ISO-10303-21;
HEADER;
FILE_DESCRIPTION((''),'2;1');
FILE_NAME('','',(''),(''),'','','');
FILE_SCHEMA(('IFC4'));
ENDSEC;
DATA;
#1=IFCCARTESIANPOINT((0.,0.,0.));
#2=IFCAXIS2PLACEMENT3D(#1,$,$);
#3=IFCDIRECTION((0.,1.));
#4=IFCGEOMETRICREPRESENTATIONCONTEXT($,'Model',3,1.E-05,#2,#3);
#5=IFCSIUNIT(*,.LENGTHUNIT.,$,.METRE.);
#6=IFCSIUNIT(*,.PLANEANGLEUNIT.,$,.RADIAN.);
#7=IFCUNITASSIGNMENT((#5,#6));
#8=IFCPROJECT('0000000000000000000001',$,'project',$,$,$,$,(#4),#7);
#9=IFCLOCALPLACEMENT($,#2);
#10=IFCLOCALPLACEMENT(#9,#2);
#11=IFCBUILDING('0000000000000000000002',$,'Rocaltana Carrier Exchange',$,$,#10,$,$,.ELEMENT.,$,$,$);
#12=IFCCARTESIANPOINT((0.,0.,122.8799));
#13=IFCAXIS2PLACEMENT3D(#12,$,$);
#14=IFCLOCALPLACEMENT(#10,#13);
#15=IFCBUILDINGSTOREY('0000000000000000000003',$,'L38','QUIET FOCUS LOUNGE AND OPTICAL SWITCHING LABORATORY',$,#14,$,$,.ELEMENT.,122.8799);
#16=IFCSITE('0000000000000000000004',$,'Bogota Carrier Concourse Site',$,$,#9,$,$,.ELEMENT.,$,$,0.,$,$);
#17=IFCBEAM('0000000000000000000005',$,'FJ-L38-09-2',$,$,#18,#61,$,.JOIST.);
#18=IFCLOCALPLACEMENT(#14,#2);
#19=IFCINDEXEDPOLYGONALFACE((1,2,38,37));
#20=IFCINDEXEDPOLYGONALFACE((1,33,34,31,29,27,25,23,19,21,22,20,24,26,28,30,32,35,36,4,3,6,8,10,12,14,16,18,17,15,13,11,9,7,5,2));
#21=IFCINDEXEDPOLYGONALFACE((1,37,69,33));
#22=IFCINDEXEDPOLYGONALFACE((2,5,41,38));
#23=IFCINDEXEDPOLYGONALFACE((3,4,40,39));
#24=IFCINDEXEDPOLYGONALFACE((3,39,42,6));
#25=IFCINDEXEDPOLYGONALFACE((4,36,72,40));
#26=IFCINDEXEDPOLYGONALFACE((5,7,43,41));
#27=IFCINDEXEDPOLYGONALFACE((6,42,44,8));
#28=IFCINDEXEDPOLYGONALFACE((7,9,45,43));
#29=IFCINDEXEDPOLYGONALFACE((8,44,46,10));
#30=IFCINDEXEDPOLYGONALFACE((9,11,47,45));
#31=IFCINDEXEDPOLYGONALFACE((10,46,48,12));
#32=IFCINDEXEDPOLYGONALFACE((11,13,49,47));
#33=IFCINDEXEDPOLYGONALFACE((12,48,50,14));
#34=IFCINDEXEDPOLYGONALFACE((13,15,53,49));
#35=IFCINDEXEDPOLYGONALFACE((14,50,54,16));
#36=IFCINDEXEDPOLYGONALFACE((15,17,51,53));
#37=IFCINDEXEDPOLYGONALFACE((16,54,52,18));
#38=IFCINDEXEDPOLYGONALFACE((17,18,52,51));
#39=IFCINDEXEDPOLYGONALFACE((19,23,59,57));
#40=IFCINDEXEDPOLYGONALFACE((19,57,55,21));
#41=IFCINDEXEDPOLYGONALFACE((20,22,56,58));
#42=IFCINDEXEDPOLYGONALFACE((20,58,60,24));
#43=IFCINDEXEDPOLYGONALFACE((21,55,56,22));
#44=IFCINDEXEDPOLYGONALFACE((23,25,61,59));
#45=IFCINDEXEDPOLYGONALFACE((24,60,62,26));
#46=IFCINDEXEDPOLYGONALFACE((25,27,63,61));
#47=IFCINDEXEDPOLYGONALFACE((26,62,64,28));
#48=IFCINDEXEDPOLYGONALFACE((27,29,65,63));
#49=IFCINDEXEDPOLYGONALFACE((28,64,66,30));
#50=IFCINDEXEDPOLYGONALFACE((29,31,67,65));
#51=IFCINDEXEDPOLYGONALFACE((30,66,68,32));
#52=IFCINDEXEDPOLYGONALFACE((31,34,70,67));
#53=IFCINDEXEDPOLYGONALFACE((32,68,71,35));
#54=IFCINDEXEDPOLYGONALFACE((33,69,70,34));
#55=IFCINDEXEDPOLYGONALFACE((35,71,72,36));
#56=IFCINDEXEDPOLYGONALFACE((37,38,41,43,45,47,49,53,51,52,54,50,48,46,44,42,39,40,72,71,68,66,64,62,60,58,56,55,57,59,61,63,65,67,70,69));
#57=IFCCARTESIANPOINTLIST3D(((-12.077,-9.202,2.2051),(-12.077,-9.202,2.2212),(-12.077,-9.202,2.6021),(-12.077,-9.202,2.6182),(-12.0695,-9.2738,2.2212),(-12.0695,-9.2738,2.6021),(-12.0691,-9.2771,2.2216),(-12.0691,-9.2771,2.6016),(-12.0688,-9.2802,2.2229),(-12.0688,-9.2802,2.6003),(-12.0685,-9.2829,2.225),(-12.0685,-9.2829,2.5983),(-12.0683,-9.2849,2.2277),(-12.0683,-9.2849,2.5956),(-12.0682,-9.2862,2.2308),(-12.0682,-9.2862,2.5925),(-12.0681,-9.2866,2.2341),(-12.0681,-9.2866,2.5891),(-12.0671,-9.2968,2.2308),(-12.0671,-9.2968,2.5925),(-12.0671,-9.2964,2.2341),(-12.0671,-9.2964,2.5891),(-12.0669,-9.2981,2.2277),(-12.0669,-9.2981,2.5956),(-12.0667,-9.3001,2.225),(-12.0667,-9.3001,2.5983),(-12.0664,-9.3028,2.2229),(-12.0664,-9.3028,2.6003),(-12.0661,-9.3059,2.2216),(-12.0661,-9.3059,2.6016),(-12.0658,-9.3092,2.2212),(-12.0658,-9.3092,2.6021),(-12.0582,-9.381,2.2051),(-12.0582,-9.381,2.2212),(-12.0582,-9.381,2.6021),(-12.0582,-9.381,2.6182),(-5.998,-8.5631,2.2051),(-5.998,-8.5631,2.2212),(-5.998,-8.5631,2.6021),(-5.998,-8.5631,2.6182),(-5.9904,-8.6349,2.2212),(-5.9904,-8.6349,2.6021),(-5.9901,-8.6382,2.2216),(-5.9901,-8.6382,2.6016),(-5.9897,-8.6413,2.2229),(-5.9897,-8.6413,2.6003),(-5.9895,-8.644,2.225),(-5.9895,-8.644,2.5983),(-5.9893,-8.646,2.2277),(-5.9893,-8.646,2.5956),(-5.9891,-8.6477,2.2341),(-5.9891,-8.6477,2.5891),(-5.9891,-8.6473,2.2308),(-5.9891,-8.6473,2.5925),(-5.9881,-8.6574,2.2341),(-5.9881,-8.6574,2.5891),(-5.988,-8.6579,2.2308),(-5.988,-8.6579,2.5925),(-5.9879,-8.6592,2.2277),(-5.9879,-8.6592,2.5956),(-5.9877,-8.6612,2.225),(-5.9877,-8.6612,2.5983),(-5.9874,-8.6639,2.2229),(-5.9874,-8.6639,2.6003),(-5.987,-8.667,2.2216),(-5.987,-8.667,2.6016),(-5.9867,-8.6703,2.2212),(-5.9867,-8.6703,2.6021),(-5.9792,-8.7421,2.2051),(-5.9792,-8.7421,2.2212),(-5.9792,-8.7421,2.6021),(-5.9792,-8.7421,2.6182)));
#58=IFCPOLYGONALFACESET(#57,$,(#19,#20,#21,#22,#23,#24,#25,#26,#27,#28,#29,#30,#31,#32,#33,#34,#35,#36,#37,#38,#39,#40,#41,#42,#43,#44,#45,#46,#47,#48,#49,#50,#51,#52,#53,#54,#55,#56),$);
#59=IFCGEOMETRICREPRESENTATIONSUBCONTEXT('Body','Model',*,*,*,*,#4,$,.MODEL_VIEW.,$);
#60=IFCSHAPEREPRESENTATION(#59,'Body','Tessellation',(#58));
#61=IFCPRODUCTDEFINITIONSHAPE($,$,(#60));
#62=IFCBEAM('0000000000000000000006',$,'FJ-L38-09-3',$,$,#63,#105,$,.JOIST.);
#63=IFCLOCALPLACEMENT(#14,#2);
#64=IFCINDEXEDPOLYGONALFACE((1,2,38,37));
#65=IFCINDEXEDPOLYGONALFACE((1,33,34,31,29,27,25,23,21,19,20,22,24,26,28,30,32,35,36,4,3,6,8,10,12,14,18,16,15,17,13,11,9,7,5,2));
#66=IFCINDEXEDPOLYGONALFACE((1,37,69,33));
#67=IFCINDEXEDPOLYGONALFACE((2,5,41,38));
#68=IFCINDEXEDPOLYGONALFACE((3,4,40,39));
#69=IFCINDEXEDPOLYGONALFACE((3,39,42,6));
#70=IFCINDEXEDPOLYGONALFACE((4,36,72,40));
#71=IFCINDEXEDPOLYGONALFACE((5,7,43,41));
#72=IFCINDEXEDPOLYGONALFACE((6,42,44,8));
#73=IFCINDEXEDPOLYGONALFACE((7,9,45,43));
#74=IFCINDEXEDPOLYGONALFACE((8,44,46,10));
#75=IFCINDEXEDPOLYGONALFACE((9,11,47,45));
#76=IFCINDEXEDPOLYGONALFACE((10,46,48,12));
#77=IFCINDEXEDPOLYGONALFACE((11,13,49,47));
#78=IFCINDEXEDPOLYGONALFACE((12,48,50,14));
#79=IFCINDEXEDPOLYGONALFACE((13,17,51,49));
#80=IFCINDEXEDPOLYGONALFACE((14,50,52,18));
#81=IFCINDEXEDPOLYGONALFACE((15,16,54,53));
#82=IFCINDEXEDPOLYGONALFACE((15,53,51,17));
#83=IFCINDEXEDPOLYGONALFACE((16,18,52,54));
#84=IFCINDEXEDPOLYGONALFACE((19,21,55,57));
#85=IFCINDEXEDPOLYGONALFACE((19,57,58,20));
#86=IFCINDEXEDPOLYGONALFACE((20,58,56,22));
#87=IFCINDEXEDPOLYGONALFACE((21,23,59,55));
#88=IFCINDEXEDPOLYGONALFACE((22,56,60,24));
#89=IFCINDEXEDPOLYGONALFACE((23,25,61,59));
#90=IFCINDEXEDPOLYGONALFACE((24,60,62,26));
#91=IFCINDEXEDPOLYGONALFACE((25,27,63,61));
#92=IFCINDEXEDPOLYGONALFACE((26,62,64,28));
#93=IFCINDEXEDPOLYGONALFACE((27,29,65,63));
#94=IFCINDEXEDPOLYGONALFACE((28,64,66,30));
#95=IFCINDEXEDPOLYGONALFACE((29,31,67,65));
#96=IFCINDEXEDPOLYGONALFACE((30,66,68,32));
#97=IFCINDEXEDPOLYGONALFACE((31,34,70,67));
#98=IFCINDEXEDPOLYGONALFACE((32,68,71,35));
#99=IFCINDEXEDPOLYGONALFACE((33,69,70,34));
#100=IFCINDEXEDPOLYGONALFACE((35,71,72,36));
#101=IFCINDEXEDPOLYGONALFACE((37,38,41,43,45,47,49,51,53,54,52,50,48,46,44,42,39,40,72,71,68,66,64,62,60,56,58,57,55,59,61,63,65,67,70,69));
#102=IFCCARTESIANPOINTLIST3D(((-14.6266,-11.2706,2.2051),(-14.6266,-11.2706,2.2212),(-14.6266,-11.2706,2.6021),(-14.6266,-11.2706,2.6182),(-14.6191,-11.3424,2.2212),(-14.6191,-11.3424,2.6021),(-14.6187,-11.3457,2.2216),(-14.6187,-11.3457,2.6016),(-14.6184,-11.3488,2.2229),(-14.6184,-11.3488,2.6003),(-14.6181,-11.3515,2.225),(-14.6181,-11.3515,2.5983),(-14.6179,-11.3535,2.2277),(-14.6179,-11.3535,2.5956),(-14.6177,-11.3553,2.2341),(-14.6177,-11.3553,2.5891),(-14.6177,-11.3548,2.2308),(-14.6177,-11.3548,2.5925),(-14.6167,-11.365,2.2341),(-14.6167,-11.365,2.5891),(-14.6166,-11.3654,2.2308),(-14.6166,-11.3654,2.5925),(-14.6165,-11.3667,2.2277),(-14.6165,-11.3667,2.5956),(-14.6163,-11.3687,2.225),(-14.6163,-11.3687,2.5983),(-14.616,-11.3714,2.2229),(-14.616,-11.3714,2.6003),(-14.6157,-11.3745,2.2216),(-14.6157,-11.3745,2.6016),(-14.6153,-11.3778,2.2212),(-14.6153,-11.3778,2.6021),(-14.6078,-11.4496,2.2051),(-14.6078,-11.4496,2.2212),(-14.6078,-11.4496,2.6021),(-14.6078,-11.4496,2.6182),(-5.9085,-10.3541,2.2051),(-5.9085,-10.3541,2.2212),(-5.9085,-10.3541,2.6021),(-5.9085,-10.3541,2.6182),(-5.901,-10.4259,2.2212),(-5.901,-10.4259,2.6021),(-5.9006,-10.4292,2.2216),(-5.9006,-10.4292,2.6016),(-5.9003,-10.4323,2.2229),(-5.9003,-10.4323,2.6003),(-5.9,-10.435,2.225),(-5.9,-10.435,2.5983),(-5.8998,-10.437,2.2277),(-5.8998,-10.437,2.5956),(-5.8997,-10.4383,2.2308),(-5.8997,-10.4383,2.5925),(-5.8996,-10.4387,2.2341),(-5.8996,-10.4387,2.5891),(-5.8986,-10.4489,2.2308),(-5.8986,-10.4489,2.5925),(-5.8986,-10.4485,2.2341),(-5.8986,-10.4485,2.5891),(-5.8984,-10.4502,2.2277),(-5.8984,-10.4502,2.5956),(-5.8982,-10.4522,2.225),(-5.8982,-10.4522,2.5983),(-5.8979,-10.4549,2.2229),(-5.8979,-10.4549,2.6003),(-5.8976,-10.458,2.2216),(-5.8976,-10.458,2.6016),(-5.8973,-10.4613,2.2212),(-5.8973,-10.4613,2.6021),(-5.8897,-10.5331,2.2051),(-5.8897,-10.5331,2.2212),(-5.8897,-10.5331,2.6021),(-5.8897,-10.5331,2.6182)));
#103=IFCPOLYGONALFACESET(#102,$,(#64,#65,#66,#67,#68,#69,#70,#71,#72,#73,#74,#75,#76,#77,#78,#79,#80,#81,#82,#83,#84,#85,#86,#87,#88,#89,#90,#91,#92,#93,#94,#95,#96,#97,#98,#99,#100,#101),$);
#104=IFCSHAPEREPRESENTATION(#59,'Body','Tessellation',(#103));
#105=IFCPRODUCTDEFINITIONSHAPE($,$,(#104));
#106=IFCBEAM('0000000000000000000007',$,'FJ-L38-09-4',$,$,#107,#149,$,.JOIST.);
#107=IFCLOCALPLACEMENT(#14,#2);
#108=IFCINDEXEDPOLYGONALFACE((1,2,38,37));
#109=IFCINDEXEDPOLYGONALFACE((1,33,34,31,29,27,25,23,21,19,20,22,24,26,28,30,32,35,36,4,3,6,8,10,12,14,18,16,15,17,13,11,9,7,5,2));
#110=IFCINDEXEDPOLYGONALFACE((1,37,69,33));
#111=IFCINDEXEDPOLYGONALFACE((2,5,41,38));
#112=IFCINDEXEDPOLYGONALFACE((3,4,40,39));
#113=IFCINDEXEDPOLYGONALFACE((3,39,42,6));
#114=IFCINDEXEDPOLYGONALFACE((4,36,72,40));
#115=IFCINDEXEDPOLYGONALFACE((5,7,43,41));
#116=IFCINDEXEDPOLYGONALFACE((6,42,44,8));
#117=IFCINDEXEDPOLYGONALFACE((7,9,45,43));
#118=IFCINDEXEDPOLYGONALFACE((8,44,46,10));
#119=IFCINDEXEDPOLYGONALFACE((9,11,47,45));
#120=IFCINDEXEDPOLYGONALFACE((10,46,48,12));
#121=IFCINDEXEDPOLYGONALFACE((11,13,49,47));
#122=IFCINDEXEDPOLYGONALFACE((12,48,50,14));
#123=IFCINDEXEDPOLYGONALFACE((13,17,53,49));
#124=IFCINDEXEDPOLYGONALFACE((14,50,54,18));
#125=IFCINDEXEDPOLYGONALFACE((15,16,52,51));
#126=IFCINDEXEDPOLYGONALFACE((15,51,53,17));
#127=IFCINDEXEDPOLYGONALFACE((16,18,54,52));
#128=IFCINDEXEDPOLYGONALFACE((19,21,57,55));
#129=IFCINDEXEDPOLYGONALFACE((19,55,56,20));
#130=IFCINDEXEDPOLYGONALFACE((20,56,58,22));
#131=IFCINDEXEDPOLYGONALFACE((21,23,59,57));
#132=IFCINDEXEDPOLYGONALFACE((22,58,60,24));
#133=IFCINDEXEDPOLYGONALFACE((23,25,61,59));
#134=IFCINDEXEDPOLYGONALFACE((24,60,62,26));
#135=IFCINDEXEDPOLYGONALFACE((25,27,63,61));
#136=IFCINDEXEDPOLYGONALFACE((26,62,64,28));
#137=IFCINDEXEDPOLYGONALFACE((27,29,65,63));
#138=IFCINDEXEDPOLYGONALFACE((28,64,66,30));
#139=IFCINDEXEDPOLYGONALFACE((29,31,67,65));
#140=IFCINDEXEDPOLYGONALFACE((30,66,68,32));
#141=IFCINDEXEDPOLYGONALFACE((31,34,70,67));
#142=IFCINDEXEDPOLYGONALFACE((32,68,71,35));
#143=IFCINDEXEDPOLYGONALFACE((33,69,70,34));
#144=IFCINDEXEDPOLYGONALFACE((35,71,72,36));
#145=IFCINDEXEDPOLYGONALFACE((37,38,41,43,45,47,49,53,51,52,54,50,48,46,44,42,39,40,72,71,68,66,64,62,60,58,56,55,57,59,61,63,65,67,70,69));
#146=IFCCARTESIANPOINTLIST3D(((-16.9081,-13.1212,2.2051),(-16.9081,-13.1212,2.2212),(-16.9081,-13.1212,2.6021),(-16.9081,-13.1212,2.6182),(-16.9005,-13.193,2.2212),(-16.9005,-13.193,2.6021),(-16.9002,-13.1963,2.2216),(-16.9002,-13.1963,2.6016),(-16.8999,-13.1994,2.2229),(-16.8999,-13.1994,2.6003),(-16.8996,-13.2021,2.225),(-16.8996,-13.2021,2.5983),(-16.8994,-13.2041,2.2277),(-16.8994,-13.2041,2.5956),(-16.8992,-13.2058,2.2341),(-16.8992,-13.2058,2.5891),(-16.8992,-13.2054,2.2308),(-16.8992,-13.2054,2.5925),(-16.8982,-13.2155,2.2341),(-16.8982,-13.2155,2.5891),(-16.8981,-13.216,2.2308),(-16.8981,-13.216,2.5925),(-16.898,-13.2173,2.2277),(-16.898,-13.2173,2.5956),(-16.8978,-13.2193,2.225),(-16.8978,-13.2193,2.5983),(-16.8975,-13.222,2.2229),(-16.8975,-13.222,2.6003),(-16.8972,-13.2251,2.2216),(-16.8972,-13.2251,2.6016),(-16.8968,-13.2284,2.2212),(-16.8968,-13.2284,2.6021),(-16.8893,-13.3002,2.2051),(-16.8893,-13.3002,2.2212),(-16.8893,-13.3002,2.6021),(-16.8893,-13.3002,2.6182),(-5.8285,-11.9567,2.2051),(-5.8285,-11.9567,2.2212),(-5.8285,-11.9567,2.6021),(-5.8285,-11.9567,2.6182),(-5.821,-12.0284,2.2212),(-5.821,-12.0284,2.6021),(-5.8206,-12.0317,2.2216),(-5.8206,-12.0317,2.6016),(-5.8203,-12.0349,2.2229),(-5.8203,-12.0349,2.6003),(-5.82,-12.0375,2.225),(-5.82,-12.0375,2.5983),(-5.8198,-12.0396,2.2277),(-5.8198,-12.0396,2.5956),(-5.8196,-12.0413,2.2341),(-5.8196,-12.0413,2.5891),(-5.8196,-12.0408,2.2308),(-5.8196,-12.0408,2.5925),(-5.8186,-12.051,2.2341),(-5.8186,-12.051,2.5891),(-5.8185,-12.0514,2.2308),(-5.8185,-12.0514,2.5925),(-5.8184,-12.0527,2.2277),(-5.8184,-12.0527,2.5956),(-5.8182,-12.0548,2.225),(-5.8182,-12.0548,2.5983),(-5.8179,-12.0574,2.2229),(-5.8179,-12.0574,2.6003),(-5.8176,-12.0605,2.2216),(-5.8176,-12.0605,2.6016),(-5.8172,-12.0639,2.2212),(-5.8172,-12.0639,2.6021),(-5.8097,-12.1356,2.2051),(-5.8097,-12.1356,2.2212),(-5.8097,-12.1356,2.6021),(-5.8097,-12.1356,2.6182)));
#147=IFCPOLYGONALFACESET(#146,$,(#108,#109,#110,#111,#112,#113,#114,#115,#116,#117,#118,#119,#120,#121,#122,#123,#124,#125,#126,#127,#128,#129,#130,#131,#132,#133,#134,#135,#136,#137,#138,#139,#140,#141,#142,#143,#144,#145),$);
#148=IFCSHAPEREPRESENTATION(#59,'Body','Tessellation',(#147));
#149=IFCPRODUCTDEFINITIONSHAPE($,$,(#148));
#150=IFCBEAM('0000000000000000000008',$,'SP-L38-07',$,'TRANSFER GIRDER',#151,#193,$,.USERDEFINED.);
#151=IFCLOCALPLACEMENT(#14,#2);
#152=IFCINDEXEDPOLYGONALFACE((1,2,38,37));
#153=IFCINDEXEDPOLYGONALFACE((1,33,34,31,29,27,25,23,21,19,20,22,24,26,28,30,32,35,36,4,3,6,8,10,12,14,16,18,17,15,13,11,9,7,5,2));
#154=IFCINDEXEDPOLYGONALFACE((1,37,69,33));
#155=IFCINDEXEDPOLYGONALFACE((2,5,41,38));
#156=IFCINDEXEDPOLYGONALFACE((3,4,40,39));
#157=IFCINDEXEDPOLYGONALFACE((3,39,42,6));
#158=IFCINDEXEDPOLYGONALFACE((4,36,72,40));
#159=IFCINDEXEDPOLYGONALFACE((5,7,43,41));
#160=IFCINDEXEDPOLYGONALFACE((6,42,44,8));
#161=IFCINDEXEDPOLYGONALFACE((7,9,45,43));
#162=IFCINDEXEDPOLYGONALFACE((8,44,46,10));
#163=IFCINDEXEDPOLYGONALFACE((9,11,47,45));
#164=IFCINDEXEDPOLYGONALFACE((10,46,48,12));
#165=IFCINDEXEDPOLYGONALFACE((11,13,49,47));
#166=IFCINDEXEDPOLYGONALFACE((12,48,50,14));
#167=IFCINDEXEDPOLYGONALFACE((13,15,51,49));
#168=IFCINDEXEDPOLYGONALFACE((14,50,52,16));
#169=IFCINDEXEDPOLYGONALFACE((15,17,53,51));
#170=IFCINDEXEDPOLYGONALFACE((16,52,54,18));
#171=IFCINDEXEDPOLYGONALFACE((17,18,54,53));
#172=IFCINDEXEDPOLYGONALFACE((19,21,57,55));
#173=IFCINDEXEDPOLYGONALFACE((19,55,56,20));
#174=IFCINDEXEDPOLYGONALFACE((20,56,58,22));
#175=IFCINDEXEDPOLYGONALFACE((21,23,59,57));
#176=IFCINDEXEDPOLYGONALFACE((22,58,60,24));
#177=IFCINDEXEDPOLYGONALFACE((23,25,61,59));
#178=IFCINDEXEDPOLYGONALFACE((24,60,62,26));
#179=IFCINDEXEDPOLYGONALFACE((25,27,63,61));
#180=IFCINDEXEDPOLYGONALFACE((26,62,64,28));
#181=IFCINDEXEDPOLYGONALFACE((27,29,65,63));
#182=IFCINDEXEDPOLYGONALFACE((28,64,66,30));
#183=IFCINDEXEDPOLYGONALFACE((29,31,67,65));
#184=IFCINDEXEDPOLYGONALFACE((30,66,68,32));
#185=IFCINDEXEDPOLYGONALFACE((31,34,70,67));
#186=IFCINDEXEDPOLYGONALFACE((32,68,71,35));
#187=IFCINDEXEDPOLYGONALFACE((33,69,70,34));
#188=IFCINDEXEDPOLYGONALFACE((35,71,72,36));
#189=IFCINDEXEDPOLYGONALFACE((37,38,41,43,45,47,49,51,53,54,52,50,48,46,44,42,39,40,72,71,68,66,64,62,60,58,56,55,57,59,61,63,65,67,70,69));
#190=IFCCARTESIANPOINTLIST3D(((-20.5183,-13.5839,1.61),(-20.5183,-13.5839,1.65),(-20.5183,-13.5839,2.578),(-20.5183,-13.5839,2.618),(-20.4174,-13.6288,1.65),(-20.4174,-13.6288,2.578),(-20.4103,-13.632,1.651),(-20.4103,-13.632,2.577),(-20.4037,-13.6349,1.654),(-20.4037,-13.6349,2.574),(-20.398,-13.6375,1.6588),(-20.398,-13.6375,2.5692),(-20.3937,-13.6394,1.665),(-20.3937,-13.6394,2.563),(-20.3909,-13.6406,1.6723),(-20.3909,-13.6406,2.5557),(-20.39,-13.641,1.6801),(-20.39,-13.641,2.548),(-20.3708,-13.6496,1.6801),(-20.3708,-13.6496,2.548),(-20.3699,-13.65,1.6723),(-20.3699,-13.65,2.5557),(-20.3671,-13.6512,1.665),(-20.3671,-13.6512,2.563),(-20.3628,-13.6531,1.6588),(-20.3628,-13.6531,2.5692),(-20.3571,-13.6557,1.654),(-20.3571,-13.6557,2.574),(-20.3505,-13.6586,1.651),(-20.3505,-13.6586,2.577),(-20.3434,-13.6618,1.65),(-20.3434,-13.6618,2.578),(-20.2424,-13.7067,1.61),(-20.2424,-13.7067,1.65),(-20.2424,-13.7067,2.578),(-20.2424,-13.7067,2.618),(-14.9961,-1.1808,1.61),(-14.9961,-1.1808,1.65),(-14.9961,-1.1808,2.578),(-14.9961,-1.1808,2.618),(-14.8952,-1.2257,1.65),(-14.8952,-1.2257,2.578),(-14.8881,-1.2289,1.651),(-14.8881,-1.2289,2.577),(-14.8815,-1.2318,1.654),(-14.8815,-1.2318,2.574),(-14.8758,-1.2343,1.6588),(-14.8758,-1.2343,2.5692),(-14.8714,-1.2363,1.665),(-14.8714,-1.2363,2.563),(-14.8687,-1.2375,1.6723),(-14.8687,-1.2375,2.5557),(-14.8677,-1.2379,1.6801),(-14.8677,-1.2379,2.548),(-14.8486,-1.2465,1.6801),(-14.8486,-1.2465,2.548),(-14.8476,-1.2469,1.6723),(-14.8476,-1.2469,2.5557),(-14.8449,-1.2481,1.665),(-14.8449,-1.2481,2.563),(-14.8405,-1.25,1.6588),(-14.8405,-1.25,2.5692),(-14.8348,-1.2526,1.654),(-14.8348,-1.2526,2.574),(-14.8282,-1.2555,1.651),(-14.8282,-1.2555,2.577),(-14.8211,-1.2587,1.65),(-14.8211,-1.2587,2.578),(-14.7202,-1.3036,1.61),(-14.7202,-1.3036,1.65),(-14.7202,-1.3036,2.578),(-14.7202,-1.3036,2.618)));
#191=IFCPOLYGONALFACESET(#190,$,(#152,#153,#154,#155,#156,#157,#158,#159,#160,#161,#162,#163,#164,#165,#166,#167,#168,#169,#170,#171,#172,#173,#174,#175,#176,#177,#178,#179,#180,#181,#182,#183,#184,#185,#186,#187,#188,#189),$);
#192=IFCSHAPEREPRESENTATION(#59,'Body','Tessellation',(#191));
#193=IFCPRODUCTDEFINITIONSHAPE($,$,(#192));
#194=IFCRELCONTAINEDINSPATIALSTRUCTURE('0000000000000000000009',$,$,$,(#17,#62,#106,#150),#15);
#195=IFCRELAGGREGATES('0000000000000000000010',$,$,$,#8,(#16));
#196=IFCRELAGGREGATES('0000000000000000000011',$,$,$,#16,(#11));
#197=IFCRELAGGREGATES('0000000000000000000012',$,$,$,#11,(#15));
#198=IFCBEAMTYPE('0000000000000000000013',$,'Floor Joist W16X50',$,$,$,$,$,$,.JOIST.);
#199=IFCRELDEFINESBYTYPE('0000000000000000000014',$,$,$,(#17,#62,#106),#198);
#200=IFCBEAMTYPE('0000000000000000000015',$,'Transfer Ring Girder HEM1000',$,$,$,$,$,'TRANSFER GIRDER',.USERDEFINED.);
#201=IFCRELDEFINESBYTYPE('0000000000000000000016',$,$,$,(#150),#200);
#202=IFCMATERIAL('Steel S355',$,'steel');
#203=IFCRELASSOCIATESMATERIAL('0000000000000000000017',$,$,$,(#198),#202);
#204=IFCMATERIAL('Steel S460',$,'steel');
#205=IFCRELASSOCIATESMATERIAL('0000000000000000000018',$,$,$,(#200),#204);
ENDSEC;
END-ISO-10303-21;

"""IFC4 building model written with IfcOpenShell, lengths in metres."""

from ifc_helpers import new_model, si_unit, direction, frame, origin, origin_2d, place, context, subcontext, project, spatial, i_section, extrude, material, material_profile, profile_set, type_object, element, save


model = new_model("IFC4")

# Units and contexts
model_context = context("Model", 3, precision=1e-05, world=origin(), true_north=direction((0.0, 1.0)))
body_context = subcontext(model_context, "Body", "Model", "MODEL_VIEW")
ifc_project = project(units=[si_unit("LENGTHUNIT", "METRE"), si_unit("PLANEANGLEUNIT", "RADIAN")], contexts=[model_context])

# Site, building, storey
site_placement = place(None, origin())
site = spatial("IfcSite", under=ifc_project, at=site_placement, Name="Bogota Carrier Concourse Site", CompositionType="ELEMENT", RefElevation=0.0)
building_placement = place(site_placement, origin())
building = spatial("IfcBuilding", under=site, at=building_placement, Name="Rocaltana Carrier Exchange", CompositionType="ELEMENT")
storey_placement = place(building_placement, frame((0.0, 0.0, 122.8799)))
storey = spatial("IfcBuildingStorey", under=building, at=storey_placement, Name="L38", Description="QUIET FOCUS LOUNGE AND OPTICAL SWITCHING LABORATORY", CompositionType="ELEMENT", Elevation=122.8799)

# Beams
ifc_material_1 = material(Name="Steel S355", Category="steel")
ifc_material_profile_1 = material_profile(ifc_material_1, i_section(OverallWidth=0.1799, OverallDepth=0.4131, WebThickness=0.0098, FlangeThickness=0.0161, FilletRadius=0.0129, at=origin_2d()), Name="W16X50")
ifc_profile_set_1 = profile_set([ifc_material_profile_1], Name="Steel S355")
beam_type_1 = type_object("IfcBeamType", Name="Floor Joist W16X50", PredefinedType="JOIST", material=ifc_profile_set_1)
beam_1_placement = place(storey_placement, frame((-12.0676, -9.2915, 2.4116), z_axis=(0.994522, 0.104525, 0.0), x_axis=(-0.104525, 0.994522, 0.0)))
element("IfcBeam", 1, at=beam_1_placement, inside=storey, type_object=beam_type_1, Name="FJ-L38-09-2", PredefinedType="JOIST", context=body_context, shape_type="SweptSolid", body=[
    extrude(i_section(OverallWidth=0.1799, OverallDepth=0.4131, WebThickness=0.0098, FlangeThickness=0.0161, FilletRadius=0.0129, at=origin_2d()), origin(), (0.0, 0.0, 1.0), 6.1125),
])
beam_2_placement = place(storey_placement, frame((-14.6172, -11.3601, 2.4116), z_axis=(0.994519, 0.104551, 0.0), x_axis=(-0.104551, 0.994519, 0.0)))
element("IfcBeam", 2, at=beam_2_placement, inside=storey, type_object=beam_type_1, Name="FJ-L38-09-3", PredefinedType="JOIST", context=body_context, shape_type="SweptSolid", body=[
    extrude(i_section(OverallWidth=0.1799, OverallDepth=0.4131, WebThickness=0.0098, FlangeThickness=0.0161, FilletRadius=0.0129, at=origin_2d()), origin(), (0.0, 0.0, 1.0), 8.7661),
])
beam_3_placement = place(storey_placement, frame((-16.8987, -13.2107, 2.4116), z_axis=(0.994522, 0.104532, 0.0), x_axis=(-0.104532, 0.994522, 0.0)))
element("IfcBeam", 3, at=beam_3_placement, inside=storey, type_object=beam_type_1, Name="FJ-L38-09-4", PredefinedType="JOIST", context=body_context, shape_type="SweptSolid", body=[
    extrude(i_section(OverallWidth=0.1799, OverallDepth=0.4131, WebThickness=0.0098, FlangeThickness=0.0161, FilletRadius=0.0129, at=origin_2d()), origin(), (0.0, 0.0, 1.0), 11.1406),
])
ifc_material_2 = material(Name="Steel S460", Category="steel")
ifc_material_profile_2 = material_profile(ifc_material_2, i_section(OverallWidth=0.302, OverallDepth=1.0081, WebThickness=0.021, FlangeThickness=0.04, FilletRadius=0.03, at=origin_2d()), Name="HEM1000")
ifc_profile_set_2 = profile_set([ifc_material_profile_2], Name="Steel S460")
beam_type_2 = type_object("IfcBeamType", Name="Transfer Ring Girder HEM1000", ElementType="TRANSFER GIRDER", PredefinedType="USERDEFINED", material=ifc_profile_set_2)
beam_4_placement = place(storey_placement, frame((-14.8582, -1.2422, 2.114), z_axis=(-0.406737, -0.913545, 0.0), x_axis=(0.913545, -0.406737, 0.0)))
element("IfcBeam", 4, at=beam_4_placement, inside=storey, type_object=beam_type_2, Name="SP-L38-07", ObjectType="TRANSFER GIRDER", PredefinedType="USERDEFINED", context=body_context, shape_type="SweptSolid", body=[
    extrude(i_section(OverallWidth=0.302, OverallDepth=1.0081, WebThickness=0.021, FlangeThickness=0.04, FilletRadius=0.03, at=origin_2d()), origin(), (0.0, 0.0, 1.0), 13.5769),
])

save(model, "model.ifc")
